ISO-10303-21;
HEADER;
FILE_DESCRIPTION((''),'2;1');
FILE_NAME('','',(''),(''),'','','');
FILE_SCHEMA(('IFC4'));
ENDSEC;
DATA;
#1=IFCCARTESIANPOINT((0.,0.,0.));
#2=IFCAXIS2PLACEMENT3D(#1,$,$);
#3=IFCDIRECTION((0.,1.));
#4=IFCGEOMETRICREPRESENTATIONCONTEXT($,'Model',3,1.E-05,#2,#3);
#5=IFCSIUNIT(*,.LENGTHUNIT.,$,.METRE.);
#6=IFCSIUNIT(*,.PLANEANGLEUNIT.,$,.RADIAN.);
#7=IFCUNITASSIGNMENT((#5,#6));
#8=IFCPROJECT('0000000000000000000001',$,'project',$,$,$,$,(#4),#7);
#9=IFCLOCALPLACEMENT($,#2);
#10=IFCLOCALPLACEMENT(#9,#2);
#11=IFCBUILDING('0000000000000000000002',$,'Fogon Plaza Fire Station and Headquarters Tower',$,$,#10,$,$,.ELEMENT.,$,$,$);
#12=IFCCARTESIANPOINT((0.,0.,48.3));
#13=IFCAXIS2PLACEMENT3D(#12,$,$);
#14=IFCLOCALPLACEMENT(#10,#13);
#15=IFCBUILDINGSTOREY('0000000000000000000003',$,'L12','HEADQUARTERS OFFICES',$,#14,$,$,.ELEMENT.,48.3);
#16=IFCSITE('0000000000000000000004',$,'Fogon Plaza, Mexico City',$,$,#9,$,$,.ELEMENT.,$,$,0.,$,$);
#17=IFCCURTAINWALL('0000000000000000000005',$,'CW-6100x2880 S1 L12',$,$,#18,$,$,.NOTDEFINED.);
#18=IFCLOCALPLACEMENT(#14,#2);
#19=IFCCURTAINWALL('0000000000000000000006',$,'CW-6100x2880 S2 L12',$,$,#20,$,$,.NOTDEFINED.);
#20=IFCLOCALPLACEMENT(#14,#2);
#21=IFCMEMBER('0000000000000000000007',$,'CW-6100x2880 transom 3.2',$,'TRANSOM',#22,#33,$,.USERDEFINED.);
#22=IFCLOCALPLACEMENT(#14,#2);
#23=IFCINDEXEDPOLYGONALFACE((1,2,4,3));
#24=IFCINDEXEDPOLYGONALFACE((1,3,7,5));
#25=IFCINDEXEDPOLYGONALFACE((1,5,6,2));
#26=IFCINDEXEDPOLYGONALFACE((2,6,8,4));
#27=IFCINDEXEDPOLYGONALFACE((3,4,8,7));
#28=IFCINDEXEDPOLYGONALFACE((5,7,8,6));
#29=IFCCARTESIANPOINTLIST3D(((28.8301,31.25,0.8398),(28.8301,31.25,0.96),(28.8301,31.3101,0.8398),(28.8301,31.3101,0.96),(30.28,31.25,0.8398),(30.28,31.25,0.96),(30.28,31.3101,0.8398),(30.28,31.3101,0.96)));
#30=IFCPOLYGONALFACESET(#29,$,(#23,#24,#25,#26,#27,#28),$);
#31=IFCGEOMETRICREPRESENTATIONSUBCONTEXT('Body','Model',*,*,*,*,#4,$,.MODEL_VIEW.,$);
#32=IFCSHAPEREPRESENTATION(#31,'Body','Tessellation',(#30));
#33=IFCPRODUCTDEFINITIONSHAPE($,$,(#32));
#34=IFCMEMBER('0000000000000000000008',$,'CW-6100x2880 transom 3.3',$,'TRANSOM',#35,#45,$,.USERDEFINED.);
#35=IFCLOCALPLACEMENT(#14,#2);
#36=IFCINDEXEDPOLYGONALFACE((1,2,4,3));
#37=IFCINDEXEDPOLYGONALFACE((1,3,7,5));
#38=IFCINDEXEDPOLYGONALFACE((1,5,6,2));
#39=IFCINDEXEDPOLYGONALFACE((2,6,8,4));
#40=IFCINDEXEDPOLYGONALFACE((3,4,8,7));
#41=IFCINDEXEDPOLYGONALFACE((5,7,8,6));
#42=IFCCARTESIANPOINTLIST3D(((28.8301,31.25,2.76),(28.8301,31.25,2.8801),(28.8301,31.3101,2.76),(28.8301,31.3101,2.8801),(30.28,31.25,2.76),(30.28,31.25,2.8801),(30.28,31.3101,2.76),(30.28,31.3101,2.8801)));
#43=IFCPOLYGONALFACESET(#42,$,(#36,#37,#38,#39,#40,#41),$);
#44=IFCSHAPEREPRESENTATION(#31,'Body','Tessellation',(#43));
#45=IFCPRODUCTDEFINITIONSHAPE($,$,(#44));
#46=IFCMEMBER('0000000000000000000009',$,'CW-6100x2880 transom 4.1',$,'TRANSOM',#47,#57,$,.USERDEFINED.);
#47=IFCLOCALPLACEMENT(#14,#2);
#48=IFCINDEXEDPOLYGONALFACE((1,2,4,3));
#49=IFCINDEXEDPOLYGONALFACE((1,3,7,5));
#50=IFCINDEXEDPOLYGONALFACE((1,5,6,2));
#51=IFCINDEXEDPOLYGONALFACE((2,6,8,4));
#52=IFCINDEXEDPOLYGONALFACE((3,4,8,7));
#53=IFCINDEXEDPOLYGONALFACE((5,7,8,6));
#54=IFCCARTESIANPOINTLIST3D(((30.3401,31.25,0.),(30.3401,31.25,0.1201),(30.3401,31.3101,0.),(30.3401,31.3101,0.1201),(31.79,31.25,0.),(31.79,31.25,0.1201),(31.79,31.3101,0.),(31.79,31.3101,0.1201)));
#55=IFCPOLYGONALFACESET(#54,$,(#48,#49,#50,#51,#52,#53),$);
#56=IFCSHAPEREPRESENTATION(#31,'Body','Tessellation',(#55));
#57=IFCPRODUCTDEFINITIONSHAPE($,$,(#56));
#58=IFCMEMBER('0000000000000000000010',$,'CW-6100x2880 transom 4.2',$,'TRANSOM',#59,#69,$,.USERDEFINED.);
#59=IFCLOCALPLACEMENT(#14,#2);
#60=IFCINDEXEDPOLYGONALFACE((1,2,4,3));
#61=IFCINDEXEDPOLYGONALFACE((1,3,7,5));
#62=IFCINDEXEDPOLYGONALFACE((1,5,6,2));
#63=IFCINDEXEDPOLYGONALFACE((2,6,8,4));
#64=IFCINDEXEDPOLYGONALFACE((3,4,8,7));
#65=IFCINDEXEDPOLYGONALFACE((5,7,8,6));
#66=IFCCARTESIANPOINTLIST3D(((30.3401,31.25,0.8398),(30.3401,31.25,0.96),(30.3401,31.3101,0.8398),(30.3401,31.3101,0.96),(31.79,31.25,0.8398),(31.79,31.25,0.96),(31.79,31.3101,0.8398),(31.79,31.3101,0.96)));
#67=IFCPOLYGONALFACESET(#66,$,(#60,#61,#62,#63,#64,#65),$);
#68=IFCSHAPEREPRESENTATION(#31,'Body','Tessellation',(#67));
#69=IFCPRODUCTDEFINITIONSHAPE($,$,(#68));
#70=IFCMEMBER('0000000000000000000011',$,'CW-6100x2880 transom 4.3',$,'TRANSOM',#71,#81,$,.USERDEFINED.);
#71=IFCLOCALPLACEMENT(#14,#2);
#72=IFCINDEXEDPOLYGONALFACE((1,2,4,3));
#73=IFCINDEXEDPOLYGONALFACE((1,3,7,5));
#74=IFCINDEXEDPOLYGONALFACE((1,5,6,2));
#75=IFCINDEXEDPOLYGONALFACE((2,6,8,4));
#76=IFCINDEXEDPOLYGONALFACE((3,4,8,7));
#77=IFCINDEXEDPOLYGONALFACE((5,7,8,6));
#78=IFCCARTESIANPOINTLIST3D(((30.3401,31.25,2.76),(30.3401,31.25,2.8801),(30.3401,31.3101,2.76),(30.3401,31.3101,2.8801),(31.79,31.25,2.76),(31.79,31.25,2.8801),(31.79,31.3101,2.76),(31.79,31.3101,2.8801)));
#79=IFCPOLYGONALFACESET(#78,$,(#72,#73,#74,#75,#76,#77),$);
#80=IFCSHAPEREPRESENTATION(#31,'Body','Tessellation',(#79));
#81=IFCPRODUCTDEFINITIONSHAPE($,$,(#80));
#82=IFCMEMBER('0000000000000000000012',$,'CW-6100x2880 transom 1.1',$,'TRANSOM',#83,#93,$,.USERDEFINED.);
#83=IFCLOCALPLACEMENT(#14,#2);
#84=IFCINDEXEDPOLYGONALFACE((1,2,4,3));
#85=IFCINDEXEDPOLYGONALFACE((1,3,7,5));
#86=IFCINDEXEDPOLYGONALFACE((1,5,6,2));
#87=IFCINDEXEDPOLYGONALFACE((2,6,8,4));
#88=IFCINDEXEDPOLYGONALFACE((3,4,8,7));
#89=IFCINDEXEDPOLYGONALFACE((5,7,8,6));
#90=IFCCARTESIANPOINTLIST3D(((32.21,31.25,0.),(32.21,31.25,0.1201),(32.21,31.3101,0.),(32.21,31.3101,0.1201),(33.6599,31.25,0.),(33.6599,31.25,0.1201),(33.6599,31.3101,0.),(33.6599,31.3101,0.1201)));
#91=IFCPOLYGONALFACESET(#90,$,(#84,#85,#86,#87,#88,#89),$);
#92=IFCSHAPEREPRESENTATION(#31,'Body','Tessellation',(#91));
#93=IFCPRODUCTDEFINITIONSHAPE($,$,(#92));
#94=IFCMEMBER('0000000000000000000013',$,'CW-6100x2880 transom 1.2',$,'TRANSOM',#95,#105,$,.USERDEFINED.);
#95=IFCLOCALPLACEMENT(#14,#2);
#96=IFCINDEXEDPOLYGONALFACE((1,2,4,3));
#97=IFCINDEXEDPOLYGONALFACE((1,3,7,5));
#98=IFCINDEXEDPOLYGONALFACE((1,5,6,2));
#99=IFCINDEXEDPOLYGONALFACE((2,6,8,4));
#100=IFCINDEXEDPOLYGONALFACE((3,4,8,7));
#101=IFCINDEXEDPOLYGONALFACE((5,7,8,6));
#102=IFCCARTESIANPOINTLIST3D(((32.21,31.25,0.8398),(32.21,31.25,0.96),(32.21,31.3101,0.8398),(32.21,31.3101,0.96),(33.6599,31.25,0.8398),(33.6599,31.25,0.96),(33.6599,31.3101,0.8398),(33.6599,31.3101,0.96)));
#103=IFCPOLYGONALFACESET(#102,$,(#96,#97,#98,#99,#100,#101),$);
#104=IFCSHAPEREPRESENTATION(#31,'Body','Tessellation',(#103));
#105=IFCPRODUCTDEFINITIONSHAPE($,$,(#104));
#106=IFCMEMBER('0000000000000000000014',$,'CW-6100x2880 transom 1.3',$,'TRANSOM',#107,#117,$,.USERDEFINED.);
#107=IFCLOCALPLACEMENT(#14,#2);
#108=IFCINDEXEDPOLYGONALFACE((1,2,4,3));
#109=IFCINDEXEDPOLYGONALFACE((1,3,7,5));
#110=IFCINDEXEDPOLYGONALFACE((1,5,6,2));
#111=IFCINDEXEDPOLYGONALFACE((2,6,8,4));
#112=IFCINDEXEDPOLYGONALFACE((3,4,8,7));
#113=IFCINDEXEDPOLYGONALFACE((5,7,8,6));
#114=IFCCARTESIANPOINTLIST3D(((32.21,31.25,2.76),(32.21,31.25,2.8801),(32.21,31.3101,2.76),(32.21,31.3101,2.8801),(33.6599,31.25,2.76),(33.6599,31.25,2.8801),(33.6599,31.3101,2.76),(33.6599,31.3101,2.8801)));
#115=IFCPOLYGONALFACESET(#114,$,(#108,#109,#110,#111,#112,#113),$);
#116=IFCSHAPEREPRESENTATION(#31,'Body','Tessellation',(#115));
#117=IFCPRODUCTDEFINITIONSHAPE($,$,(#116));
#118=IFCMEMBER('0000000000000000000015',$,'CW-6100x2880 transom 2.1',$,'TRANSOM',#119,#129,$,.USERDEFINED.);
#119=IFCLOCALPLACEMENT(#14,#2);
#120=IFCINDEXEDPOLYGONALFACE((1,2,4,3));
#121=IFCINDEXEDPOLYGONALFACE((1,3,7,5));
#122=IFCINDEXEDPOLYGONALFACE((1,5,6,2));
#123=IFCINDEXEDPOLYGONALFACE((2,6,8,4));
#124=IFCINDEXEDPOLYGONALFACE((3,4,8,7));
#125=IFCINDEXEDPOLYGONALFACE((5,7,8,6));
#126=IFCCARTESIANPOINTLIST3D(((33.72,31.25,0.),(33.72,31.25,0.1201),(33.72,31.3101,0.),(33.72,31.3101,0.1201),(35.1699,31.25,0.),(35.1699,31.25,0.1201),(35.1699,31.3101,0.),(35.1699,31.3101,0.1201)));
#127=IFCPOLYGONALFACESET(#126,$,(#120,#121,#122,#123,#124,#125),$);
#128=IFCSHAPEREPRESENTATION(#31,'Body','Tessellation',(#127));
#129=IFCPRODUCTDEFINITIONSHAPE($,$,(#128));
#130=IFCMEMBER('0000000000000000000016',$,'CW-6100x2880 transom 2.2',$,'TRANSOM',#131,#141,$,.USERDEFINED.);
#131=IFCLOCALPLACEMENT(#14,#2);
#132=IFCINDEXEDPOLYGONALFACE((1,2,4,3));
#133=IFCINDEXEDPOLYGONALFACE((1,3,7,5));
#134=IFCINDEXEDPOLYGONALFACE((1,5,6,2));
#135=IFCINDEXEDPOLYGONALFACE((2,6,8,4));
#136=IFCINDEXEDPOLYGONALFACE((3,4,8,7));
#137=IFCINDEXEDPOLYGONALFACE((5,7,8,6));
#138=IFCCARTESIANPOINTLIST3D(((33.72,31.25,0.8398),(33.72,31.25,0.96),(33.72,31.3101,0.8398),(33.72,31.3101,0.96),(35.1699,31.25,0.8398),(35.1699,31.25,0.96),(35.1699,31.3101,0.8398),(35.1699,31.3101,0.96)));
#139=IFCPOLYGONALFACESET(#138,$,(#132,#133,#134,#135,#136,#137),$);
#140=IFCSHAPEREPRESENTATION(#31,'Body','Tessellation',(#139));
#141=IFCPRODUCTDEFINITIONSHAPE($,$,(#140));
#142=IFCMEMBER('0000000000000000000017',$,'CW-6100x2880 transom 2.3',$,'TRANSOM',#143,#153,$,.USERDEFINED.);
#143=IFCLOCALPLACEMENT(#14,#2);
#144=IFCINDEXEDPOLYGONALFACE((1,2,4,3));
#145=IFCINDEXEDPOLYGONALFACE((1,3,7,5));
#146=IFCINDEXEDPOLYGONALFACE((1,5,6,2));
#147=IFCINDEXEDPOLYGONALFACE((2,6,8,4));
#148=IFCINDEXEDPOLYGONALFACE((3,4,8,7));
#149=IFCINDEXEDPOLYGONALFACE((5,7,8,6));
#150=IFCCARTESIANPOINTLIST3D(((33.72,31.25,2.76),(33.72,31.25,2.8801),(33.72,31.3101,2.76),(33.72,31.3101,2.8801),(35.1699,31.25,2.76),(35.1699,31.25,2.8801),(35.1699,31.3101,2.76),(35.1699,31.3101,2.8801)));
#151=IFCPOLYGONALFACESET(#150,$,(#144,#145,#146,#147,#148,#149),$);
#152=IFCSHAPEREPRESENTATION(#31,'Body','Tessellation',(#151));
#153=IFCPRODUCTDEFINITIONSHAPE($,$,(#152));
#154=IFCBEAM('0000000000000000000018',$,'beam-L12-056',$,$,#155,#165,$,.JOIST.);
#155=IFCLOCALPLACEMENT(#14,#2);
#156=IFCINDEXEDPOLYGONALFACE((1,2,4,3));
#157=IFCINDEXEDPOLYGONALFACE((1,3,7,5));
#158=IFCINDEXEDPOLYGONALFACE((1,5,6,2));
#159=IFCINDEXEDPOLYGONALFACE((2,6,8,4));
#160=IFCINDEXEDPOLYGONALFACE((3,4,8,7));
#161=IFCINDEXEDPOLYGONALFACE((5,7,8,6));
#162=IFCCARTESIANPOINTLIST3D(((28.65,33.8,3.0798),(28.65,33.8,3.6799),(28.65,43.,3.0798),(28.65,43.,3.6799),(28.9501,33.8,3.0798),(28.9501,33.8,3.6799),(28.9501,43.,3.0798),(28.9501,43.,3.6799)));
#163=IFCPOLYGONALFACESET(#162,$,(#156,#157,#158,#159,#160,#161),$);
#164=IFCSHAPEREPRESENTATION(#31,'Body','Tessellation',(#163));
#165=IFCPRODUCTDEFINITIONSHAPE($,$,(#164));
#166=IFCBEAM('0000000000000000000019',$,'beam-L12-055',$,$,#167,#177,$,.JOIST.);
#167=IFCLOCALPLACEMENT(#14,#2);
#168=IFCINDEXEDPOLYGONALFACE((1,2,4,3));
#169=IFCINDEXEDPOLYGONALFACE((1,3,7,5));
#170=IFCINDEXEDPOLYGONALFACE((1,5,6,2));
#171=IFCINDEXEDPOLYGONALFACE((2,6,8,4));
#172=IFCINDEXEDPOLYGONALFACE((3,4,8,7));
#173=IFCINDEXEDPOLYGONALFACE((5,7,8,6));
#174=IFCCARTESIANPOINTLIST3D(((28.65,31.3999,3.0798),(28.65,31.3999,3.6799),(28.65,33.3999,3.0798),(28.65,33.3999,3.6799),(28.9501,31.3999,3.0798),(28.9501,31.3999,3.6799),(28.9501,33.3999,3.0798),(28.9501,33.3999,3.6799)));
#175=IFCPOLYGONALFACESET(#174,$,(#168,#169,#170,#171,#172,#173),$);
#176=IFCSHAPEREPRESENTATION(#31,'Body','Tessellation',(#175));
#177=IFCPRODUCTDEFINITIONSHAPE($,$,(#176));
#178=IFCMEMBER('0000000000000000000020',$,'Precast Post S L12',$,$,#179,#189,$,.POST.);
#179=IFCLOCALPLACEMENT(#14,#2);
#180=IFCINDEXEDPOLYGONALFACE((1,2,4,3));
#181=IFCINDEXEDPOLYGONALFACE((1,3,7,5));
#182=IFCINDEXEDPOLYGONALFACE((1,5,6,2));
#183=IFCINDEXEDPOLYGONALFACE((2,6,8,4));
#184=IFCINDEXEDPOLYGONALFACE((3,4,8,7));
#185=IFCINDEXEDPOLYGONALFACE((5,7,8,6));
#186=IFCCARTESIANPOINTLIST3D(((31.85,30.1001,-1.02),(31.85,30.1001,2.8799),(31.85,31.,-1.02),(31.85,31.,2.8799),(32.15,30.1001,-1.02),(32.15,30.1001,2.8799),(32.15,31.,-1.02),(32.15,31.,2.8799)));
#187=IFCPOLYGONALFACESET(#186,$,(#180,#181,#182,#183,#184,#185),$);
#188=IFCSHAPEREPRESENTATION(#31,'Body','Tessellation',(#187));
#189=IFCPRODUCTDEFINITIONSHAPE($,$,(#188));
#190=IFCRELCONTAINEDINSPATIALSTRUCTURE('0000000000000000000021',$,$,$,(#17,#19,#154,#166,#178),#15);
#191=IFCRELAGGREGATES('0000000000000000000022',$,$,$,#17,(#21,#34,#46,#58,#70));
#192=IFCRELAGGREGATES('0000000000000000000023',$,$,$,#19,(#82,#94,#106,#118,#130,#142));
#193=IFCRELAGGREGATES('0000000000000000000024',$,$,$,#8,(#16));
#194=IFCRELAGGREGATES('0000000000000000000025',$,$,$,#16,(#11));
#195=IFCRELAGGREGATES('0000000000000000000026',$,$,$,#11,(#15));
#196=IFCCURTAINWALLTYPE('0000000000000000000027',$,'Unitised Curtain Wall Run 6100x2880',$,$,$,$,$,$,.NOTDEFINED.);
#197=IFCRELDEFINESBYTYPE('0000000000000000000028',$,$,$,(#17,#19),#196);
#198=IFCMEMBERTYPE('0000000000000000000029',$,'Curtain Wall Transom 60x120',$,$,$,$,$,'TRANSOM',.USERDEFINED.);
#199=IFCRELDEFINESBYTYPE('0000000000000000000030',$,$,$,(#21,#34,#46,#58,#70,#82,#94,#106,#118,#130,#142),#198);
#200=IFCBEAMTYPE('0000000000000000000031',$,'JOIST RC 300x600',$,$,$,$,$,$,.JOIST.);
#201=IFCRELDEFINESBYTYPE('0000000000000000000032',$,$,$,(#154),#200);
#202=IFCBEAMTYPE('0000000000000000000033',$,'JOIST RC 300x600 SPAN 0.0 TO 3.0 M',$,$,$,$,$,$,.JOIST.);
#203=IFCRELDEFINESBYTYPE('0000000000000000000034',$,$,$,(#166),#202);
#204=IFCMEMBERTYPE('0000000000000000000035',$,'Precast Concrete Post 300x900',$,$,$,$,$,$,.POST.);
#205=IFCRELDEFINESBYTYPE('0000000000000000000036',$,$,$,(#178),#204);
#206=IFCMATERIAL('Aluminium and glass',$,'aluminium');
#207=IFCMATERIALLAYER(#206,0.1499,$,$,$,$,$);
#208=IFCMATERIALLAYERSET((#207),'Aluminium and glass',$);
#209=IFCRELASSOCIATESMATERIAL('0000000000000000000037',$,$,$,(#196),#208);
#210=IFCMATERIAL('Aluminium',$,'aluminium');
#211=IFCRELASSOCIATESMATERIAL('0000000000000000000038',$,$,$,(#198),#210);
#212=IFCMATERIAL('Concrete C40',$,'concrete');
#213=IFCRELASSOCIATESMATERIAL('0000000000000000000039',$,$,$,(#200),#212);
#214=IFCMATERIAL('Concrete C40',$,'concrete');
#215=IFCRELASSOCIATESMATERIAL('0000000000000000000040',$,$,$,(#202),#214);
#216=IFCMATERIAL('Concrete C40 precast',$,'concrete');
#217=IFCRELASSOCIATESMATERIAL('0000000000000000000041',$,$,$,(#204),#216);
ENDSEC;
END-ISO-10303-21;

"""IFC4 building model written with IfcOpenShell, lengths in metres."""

from ifc_helpers import new_model, si_unit, direction, frame, origin, origin_2d, place, context, subcontext, project, spatial, rectangle, extrude, material, layer, layer_set, material_profile, profile_set, type_object, element, aggregate, save


model = new_model("IFC4")

# Units and contexts
model_context = context("Model", 3, precision=1e-05, world=origin(), true_north=direction((0.0, 1.0)))
body_context = subcontext(model_context, "Body", "Model", "MODEL_VIEW")
ifc_project = project(units=[si_unit("LENGTHUNIT", "METRE"), si_unit("PLANEANGLEUNIT", "RADIAN")], contexts=[model_context])

# Site, building, storey
site_placement = place(None, origin())
site = spatial("IfcSite", under=ifc_project, at=site_placement, Name="Fogon Plaza, Mexico City", CompositionType="ELEMENT", RefElevation=0.0)
building_placement = place(site_placement, origin())
building = spatial("IfcBuilding", under=site, at=building_placement, Name="Fogon Plaza Fire Station and Headquarters Tower", CompositionType="ELEMENT")
storey_placement = place(building_placement, frame((0.0, 0.0, 48.3)))
storey = spatial("IfcBuildingStorey", under=building, at=storey_placement, Name="L12", Description="HEADQUARTERS OFFICES", CompositionType="ELEMENT", Elevation=48.3)

# Curtain walls
ifc_material_1 = material(Name="Aluminium and glass", Category="aluminium")
ifc_layer_1 = layer(ifc_material_1, 0.1499)
ifc_layer_set_1 = layer_set([ifc_layer_1], Name="Aluminium and glass")
curtain_wall_type = type_object("IfcCurtainWallType", Name="Unitised Curtain Wall Run 6100x2880", PredefinedType="NOTDEFINED", material=ifc_layer_set_1)
curtain_wall_1_placement = place(storey_placement, origin())
curtain_wall_1 = element("IfcCurtainWall", 1, at=curtain_wall_1_placement, inside=storey, type_object=curtain_wall_type, Name="CW-6100x2880 S1 L12", PredefinedType="NOTDEFINED")
curtain_wall_2_placement = place(storey_placement, origin())
curtain_wall_2 = element("IfcCurtainWall", 2, at=curtain_wall_2_placement, inside=storey, type_object=curtain_wall_type, Name="CW-6100x2880 S2 L12", PredefinedType="NOTDEFINED")

# Members
ifc_material_2 = material(Name="Aluminium", Category="aluminium")
ifc_material_profile_1 = material_profile(ifc_material_2, rectangle(XDim=0.0601, YDim=0.1201, at=origin_2d()), Name="Curtain Wall Transom 60x120")
ifc_profile_set_1 = profile_set([ifc_material_profile_1], Name="Aluminium")
member_type_1 = type_object("IfcMemberType", Name="Curtain Wall Transom 60x120", ElementType="TRANSOM", PredefinedType="USERDEFINED", material=ifc_profile_set_1)
member_1_placement = place(storey_placement, frame((28.8301, 31.28, 0.8999), z_axis=(1.0, 0.0, 0.0), x_axis=(0.0, 1.0, 0.0)))
member_1 = element("IfcMember", 3, at=member_1_placement, type_object=member_type_1, Name="CW-6100x2880 transom 3.2", ObjectType="TRANSOM", PredefinedType="USERDEFINED", context=body_context, shape_type="SweptSolid", body=[
    extrude(rectangle(XDim=0.0601, YDim=0.1201, at=origin_2d()), origin(), (0.0, 0.0, 1.0), 1.45),
])
member_2_placement = place(storey_placement, frame((28.8301, 31.28, 2.8201), z_axis=(1.0, 0.0, 0.0), x_axis=(0.0, 1.0, 0.0)))
member_2 = element("IfcMember", 4, at=member_2_placement, type_object=member_type_1, Name="CW-6100x2880 transom 3.3", ObjectType="TRANSOM", PredefinedType="USERDEFINED", context=body_context, shape_type="SweptSolid", body=[
    extrude(rectangle(XDim=0.0601, YDim=0.1201, at=origin_2d()), origin(), (0.0, 0.0, 1.0), 1.45),
])
member_3_placement = place(storey_placement, frame((30.3401, 31.28, 0.0601), z_axis=(1.0, 0.0, 0.0), x_axis=(0.0, 1.0, 0.0)))
member_3 = element("IfcMember", 5, at=member_3_placement, type_object=member_type_1, Name="CW-6100x2880 transom 4.1", ObjectType="TRANSOM", PredefinedType="USERDEFINED", context=body_context, shape_type="SweptSolid", body=[
    extrude(rectangle(XDim=0.0601, YDim=0.1201, at=origin_2d()), origin(), (0.0, 0.0, 1.0), 1.45),
])
member_4_placement = place(storey_placement, frame((30.3401, 31.28, 0.8999), z_axis=(1.0, 0.0, 0.0), x_axis=(0.0, 1.0, 0.0)))
member_4 = element("IfcMember", 6, at=member_4_placement, type_object=member_type_1, Name="CW-6100x2880 transom 4.2", ObjectType="TRANSOM", PredefinedType="USERDEFINED", context=body_context, shape_type="SweptSolid", body=[
    extrude(rectangle(XDim=0.0601, YDim=0.1201, at=origin_2d()), origin(), (0.0, 0.0, 1.0), 1.45),
])
member_5_placement = place(storey_placement, frame((30.3401, 31.28, 2.8201), z_axis=(1.0, 0.0, 0.0), x_axis=(0.0, 1.0, 0.0)))
member_5 = element("IfcMember", 7, at=member_5_placement, type_object=member_type_1, Name="CW-6100x2880 transom 4.3", ObjectType="TRANSOM", PredefinedType="USERDEFINED", context=body_context, shape_type="SweptSolid", body=[
    extrude(rectangle(XDim=0.0601, YDim=0.1201, at=origin_2d()), origin(), (0.0, 0.0, 1.0), 1.45),
])
member_6_placement = place(storey_placement, frame((32.21, 31.28, 0.0601), z_axis=(1.0, 0.0, 0.0), x_axis=(0.0, 1.0, 0.0)))
member_6 = element("IfcMember", 8, at=member_6_placement, type_object=member_type_1, Name="CW-6100x2880 transom 1.1", ObjectType="TRANSOM", PredefinedType="USERDEFINED", context=body_context, shape_type="SweptSolid", body=[
    extrude(rectangle(XDim=0.0601, YDim=0.1201, at=origin_2d()), origin(), (0.0, 0.0, 1.0), 1.45),
])
member_7_placement = place(storey_placement, frame((32.21, 31.28, 0.8999), z_axis=(1.0, 0.0, 0.0), x_axis=(0.0, 1.0, 0.0)))
member_7 = element("IfcMember", 9, at=member_7_placement, type_object=member_type_1, Name="CW-6100x2880 transom 1.2", ObjectType="TRANSOM", PredefinedType="USERDEFINED", context=body_context, shape_type="SweptSolid", body=[
    extrude(rectangle(XDim=0.0601, YDim=0.1201, at=origin_2d()), origin(), (0.0, 0.0, 1.0), 1.45),
])
member_8_placement = place(storey_placement, frame((32.21, 31.28, 2.8201), z_axis=(1.0, 0.0, 0.0), x_axis=(0.0, 1.0, 0.0)))
member_8 = element("IfcMember", 10, at=member_8_placement, type_object=member_type_1, Name="CW-6100x2880 transom 1.3", ObjectType="TRANSOM", PredefinedType="USERDEFINED", context=body_context, shape_type="SweptSolid", body=[
    extrude(rectangle(XDim=0.0601, YDim=0.1201, at=origin_2d()), origin(), (0.0, 0.0, 1.0), 1.45),
])
member_9_placement = place(storey_placement, frame((33.72, 31.28, 0.0601), z_axis=(1.0, 0.0, 0.0), x_axis=(0.0, 1.0, 0.0)))
member_9 = element("IfcMember", 11, at=member_9_placement, type_object=member_type_1, Name="CW-6100x2880 transom 2.1", ObjectType="TRANSOM", PredefinedType="USERDEFINED", context=body_context, shape_type="SweptSolid", body=[
    extrude(rectangle(XDim=0.0601, YDim=0.1201, at=origin_2d()), origin(), (0.0, 0.0, 1.0), 1.45),
])
member_10_placement = place(storey_placement, frame((33.72, 31.28, 0.8999), z_axis=(1.0, 0.0, 0.0), x_axis=(0.0, 1.0, 0.0)))
member_10 = element("IfcMember", 12, at=member_10_placement, type_object=member_type_1, Name="CW-6100x2880 transom 2.2", ObjectType="TRANSOM", PredefinedType="USERDEFINED", context=body_context, shape_type="SweptSolid", body=[
    extrude(rectangle(XDim=0.0601, YDim=0.1201, at=origin_2d()), origin(), (0.0, 0.0, 1.0), 1.45),
])
member_11_placement = place(storey_placement, frame((33.72, 31.28, 2.8201), z_axis=(1.0, 0.0, 0.0), x_axis=(0.0, 1.0, 0.0)))
member_11 = element("IfcMember", 13, at=member_11_placement, type_object=member_type_1, Name="CW-6100x2880 transom 2.3", ObjectType="TRANSOM", PredefinedType="USERDEFINED", context=body_context, shape_type="SweptSolid", body=[
    extrude(rectangle(XDim=0.0601, YDim=0.1201, at=origin_2d()), origin(), (0.0, 0.0, 1.0), 1.45),
])

# Beams
ifc_material_3 = material(Name="Concrete C40", Category="concrete")
ifc_material_profile_2 = material_profile(ifc_material_3, rectangle(XDim=0.3, YDim=0.6001, at=origin_2d()), Name="RC 300x600")
ifc_profile_set_2 = profile_set([ifc_material_profile_2], Name="Concrete C40")
beam_type_1 = type_object("IfcBeamType", Name="JOIST RC 300x600", PredefinedType="JOIST", material=ifc_profile_set_2)
beam_1_placement = place(storey_placement, frame((28.8, 33.8, 3.3799), z_axis=(0.0, 1.0, 0.0), x_axis=(-1.0, 0.0, 0.0)))
element("IfcBeam", 14, at=beam_1_placement, inside=storey, type_object=beam_type_1, Name="beam-L12-056", PredefinedType="JOIST", context=body_context, shape_type="SweptSolid", body=[
    extrude(rectangle(XDim=0.3, YDim=0.6001, at=origin_2d()), origin(), (0.0, 0.0, 1.0), 9.2),
])
ifc_material_4 = material(Name="Concrete C40", Category="concrete")
ifc_material_profile_3 = material_profile(ifc_material_4, rectangle(XDim=0.3, YDim=0.6001, at=origin_2d()), Name="RC 300x600")
ifc_profile_set_3 = profile_set([ifc_material_profile_3], Name="Concrete C40")
beam_type_2 = type_object("IfcBeamType", Name="JOIST RC 300x600 SPAN 0.0 TO 3.0 M", PredefinedType="JOIST", material=ifc_profile_set_3)
beam_2_placement = place(storey_placement, frame((28.8, 31.3999, 3.3799), z_axis=(0.0, 1.0, 0.0), x_axis=(-1.0, 0.0, 0.0)))
element("IfcBeam", 15, at=beam_2_placement, inside=storey, type_object=beam_type_2, Name="beam-L12-055", PredefinedType="JOIST", context=body_context, shape_type="SweptSolid", body=[
    extrude(rectangle(XDim=0.3, YDim=0.6001, at=origin_2d()), origin(), (0.0, 0.0, 1.0), 2.0),
])

# Member
ifc_material_5 = material(Name="Concrete C40 precast", Category="concrete")
ifc_material_profile_4 = material_profile(ifc_material_5, rectangle(XDim=0.3, YDim=0.8999, at=origin_2d()), Name="Precast Concrete Post 300x900")
ifc_profile_set_4 = profile_set([ifc_material_profile_4], Name="Concrete C40 precast")
member_type_2 = type_object("IfcMemberType", Name="Precast Concrete Post 300x900", PredefinedType="POST", material=ifc_profile_set_4)
member_12_placement = place(storey_placement, frame((32.0, 30.55, -1.02), z_axis=(0.0, 0.0, 1.0), x_axis=(1.0, 0.0, 0.0)))
element("IfcMember", 16, at=member_12_placement, inside=storey, type_object=member_type_2, Name="Precast Post S L12", PredefinedType="POST", context=body_context, shape_type="SweptSolid", body=[
    extrude(rectangle(XDim=0.3, YDim=0.8999, at=origin_2d()), origin(), (0.0, 0.0, 1.0), 3.8999),
])

aggregate(curtain_wall_1, [member_1, member_2, member_3, member_4, member_5])
aggregate(curtain_wall_2, [member_6, member_7, member_8, member_9, member_10, member_11])

save(model, "model.ifc")
